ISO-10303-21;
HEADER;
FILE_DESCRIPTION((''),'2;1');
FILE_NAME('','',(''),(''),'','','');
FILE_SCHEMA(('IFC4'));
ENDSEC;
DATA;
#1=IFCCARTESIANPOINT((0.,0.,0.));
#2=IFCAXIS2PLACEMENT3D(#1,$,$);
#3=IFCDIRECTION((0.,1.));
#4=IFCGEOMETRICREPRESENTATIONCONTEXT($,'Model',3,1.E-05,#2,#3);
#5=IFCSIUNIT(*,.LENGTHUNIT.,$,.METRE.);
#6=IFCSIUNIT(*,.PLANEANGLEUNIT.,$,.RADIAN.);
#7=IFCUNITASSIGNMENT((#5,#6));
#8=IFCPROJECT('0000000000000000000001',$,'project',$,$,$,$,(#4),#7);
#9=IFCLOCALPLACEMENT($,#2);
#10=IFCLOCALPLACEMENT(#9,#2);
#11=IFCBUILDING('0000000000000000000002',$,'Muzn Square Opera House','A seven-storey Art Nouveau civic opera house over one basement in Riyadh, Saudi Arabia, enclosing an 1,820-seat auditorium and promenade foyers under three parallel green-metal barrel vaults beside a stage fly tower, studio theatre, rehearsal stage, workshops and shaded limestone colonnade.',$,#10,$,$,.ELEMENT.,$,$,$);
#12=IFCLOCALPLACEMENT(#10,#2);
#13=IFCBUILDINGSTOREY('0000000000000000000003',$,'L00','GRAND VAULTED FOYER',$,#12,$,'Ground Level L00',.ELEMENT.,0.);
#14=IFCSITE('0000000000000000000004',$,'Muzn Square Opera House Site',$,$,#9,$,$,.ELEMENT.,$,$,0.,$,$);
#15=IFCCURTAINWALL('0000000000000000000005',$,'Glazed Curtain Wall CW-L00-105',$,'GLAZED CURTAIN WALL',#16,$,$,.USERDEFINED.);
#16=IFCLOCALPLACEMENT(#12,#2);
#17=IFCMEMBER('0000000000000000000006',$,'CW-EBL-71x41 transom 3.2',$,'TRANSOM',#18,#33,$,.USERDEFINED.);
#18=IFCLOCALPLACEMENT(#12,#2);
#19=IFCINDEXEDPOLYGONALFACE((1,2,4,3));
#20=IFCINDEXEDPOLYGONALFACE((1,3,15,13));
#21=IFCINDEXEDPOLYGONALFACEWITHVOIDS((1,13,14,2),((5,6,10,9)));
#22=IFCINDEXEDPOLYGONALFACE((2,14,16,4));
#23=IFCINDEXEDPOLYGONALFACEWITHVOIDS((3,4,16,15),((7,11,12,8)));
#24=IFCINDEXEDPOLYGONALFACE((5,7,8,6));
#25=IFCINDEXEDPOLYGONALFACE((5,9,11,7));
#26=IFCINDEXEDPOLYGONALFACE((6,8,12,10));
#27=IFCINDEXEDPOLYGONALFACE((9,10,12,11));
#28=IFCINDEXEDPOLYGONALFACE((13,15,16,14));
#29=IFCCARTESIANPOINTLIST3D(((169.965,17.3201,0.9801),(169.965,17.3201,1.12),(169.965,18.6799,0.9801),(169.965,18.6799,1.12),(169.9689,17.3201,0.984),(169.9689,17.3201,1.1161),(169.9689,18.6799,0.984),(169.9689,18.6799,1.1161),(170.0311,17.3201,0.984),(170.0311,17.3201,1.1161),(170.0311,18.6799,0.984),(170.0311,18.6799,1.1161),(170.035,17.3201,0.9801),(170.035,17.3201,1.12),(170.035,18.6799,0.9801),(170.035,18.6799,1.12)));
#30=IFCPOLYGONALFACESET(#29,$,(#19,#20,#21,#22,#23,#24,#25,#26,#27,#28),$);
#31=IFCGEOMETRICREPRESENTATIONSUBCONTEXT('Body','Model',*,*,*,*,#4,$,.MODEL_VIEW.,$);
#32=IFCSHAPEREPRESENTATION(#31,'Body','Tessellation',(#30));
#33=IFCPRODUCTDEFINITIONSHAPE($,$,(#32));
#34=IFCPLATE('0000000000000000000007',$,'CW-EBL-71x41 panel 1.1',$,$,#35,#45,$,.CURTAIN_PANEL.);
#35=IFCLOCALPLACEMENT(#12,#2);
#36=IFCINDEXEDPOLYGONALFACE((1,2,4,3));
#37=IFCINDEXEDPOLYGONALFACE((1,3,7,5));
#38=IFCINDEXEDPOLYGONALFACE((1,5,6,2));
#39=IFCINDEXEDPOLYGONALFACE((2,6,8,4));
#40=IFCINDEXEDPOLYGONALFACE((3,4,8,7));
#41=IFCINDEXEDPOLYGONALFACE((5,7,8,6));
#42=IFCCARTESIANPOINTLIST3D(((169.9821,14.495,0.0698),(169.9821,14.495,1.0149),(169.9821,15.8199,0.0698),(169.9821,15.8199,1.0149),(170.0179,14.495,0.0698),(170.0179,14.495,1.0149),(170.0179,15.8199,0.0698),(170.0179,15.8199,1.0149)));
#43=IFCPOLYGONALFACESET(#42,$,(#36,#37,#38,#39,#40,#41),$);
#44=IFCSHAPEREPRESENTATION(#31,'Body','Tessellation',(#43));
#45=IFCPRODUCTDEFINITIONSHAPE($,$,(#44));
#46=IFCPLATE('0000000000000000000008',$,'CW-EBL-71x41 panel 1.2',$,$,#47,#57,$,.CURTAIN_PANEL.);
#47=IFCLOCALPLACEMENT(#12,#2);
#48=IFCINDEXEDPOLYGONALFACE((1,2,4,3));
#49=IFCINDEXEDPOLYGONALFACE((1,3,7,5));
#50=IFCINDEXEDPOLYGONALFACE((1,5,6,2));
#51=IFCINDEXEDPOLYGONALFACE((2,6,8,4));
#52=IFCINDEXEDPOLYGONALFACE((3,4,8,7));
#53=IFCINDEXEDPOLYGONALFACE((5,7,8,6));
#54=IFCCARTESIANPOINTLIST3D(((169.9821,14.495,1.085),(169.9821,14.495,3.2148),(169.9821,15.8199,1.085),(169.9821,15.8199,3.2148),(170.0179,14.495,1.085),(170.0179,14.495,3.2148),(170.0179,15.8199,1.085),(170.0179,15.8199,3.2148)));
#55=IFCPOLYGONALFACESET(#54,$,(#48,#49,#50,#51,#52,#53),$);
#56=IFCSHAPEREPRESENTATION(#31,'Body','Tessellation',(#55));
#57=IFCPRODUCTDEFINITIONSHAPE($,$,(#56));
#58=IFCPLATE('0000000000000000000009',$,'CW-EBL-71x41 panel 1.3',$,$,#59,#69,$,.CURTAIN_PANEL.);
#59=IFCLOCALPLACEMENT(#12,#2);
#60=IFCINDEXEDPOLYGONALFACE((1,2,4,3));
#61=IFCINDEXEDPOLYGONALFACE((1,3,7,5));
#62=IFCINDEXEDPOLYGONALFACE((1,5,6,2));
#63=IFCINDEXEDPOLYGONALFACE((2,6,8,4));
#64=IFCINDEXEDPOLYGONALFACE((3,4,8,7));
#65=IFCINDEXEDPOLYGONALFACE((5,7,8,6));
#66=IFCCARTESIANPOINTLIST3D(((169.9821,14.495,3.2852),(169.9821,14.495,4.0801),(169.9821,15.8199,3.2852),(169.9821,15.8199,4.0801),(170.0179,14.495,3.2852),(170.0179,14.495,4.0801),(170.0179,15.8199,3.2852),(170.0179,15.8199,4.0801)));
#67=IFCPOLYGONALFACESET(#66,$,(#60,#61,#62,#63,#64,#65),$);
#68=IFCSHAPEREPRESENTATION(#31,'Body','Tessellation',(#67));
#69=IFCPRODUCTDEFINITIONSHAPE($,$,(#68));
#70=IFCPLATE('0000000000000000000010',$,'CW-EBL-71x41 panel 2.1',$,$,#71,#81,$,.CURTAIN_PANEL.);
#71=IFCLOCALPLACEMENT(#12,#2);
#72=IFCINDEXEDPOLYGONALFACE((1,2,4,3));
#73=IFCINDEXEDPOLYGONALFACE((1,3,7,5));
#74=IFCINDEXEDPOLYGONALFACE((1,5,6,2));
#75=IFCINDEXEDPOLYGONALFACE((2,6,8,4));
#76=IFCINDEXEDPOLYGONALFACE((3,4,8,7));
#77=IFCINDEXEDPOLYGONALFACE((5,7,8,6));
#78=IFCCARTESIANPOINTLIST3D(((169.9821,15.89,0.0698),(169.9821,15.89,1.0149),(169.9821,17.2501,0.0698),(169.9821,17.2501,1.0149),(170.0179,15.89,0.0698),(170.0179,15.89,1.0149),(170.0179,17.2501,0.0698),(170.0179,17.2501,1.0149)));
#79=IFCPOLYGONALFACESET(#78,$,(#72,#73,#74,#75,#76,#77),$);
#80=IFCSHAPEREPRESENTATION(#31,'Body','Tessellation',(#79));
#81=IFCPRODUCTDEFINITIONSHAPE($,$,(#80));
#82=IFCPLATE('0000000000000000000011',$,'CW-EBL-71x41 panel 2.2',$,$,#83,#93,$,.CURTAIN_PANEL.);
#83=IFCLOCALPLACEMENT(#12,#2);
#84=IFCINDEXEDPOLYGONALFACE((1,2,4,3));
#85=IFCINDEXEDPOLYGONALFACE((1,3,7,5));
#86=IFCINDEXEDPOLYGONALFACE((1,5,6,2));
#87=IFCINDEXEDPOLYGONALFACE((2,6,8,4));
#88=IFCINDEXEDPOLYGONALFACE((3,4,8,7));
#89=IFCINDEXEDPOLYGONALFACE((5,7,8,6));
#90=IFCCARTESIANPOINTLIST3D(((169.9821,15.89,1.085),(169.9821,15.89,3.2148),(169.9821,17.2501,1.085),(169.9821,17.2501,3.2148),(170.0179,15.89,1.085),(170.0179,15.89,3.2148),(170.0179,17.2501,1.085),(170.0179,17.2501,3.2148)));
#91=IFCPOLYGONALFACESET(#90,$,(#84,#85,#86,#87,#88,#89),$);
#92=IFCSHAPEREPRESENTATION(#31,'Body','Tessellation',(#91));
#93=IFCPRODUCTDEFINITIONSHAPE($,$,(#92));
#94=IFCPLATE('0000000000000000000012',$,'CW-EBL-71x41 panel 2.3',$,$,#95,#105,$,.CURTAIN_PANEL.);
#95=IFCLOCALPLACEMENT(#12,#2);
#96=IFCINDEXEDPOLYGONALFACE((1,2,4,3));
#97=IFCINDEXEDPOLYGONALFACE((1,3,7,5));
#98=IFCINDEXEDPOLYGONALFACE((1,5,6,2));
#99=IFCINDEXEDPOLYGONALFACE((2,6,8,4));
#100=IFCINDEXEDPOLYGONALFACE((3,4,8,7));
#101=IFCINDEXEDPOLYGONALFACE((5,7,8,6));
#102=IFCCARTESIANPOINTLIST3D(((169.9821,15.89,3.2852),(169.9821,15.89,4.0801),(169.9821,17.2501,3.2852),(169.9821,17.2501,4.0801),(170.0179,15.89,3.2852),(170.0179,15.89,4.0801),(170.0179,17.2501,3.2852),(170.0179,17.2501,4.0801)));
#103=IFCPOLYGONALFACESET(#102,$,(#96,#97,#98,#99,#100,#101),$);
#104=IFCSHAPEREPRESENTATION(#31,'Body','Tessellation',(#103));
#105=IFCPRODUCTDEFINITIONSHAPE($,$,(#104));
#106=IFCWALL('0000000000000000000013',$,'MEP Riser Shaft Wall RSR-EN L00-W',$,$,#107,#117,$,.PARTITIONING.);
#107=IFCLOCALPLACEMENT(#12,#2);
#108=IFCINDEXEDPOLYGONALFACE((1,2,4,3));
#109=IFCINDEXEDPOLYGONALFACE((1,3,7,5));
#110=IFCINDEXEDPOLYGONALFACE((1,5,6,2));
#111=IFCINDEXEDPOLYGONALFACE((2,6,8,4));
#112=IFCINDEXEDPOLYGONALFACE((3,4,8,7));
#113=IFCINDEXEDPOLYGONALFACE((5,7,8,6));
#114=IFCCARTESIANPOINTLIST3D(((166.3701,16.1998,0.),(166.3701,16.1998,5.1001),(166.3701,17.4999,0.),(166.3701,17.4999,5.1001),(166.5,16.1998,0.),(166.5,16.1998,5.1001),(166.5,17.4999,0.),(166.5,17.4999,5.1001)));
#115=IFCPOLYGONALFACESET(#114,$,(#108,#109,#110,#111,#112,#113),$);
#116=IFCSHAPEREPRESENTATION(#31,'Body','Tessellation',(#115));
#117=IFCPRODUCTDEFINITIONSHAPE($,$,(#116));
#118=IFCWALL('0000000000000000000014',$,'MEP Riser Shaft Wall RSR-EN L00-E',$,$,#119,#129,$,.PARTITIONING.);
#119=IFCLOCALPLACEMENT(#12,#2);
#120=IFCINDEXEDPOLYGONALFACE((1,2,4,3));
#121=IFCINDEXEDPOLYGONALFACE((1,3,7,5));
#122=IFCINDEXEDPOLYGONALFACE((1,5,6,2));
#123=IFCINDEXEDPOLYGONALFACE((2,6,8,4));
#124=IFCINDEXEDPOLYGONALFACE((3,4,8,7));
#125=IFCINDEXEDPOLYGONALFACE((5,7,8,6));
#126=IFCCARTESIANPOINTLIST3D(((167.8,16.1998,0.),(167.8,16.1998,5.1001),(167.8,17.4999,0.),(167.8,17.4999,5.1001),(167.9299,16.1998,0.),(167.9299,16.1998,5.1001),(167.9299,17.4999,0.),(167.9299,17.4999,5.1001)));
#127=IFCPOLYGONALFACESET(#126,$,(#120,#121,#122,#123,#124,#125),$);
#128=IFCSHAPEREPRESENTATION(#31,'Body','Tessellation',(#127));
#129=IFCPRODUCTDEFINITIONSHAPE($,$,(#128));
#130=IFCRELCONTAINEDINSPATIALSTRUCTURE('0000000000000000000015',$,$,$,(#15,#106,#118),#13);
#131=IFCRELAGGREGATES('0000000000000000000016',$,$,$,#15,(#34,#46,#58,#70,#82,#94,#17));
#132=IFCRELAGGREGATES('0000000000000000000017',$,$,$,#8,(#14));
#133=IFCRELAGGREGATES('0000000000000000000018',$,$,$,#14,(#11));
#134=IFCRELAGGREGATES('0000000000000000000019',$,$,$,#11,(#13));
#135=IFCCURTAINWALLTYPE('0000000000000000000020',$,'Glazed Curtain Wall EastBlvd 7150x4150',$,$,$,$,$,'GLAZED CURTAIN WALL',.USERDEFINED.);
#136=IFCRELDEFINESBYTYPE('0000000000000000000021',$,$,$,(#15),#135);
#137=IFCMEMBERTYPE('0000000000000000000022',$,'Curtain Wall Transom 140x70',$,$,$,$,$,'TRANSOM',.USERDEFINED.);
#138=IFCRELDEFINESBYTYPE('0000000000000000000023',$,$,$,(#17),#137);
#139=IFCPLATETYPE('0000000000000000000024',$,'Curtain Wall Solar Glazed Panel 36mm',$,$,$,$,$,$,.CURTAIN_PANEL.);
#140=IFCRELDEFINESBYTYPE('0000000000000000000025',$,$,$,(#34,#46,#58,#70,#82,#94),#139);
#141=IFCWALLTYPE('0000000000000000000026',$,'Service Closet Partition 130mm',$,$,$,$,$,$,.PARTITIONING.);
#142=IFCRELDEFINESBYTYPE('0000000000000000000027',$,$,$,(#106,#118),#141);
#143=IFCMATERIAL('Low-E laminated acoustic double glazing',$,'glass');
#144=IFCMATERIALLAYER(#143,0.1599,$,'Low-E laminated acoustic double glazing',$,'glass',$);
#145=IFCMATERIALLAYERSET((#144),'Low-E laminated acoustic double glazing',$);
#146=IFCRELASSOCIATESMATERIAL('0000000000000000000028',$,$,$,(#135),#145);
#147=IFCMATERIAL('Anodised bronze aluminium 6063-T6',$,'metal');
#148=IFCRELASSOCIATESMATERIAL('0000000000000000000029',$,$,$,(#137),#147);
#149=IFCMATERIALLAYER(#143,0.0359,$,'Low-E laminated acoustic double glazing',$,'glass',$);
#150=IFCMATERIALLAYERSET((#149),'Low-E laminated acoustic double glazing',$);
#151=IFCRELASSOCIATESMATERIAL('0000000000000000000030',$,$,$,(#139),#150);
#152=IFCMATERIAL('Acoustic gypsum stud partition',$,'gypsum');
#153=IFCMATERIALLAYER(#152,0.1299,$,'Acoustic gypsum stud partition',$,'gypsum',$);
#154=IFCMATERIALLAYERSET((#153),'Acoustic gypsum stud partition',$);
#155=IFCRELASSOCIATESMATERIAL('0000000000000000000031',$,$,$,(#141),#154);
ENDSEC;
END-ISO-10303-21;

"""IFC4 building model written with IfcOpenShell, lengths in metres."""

from ifc_helpers import new_model, si_unit, direction, frame, frame_2d, origin, origin_2d, place, context, subcontext, project, spatial, rectangle, hollow_rectangle, extrude, material, layer, layer_set, material_profile, profile_set, type_object, element, aggregate, save


model = new_model("IFC4")

# Units and contexts
model_context = context("Model", 3, precision=1e-05, world=origin(), true_north=direction((0.0, 1.0)))
body_context = subcontext(model_context, "Body", "Model", "MODEL_VIEW")
ifc_project = project(units=[si_unit("LENGTHUNIT", "METRE"), si_unit("PLANEANGLEUNIT", "RADIAN")], contexts=[model_context])

# Site, building, storey
site_placement = place(None, origin())
site = spatial("IfcSite", under=ifc_project, at=site_placement, Name="Muzn Square Opera House Site", CompositionType="ELEMENT", RefElevation=0.0)
building_placement = place(site_placement, origin())
building = spatial("IfcBuilding", under=site, at=building_placement, Name="Muzn Square Opera House", Description="A seven-storey Art Nouveau civic opera house over one basement in Riyadh, Saudi Arabia, enclosing an 1,820-seat auditorium and promenade foyers under three parallel green-metal barrel vaults beside a stage fly tower, studio theatre, rehearsal stage, workshops and shaded limestone colonnade.", CompositionType="ELEMENT")
storey_placement = place(building_placement, origin())
storey = spatial("IfcBuildingStorey", under=building, at=storey_placement, Name="L00", Description="GRAND VAULTED FOYER", LongName="Ground Level L00", CompositionType="ELEMENT", Elevation=0.0)

# Curtain wall, member, plates
ifc_material_1 = material(Name="Low-E laminated acoustic double glazing", Category="glass")
ifc_layer_1 = layer(ifc_material_1, 0.1599, Name="Low-E laminated acoustic double glazing", Category="glass")
ifc_layer_set_1 = layer_set([ifc_layer_1], Name="Low-E laminated acoustic double glazing")
curtain_wall_type = type_object("IfcCurtainWallType", Name="Glazed Curtain Wall EastBlvd 7150x4150", ElementType="GLAZED CURTAIN WALL", PredefinedType="USERDEFINED", material=ifc_layer_set_1)
curtain_wall_placement = place(storey_placement, origin())
curtain_wall = element("IfcCurtainWall", 1, at=curtain_wall_placement, inside=storey, type_object=curtain_wall_type, Name="Glazed Curtain Wall CW-L00-105", ObjectType="GLAZED CURTAIN WALL", PredefinedType="USERDEFINED")
ifc_material_2 = material(Name="Anodised bronze aluminium 6063-T6", Category="metal")
ifc_material_profile_1 = material_profile(ifc_material_2, hollow_rectangle(XDim=0.0701, YDim=0.1399, WallThickness=0.0039, at=origin_2d()), Name="ALU 140x70x4", Category="metal")
ifc_profile_set_1 = profile_set([ifc_material_profile_1], Name="Anodised bronze aluminium 6063-T6")
member_type_1 = type_object("IfcMemberType", Name="Curtain Wall Transom 140x70", ElementType="TRANSOM", PredefinedType="USERDEFINED", material=ifc_profile_set_1)
member_1_placement = place(storey_placement, frame((170.0, 17.3201, 1.05), z_axis=(0.0, 1.0, 0.0), x_axis=(-1.0, 0.0, 0.0)))
member_1 = element("IfcMember", 2, at=member_1_placement, type_object=member_type_1, Name="CW-EBL-71x41 transom 3.2", ObjectType="TRANSOM", PredefinedType="USERDEFINED", context=body_context, shape_type="SweptSolid", body=[
    extrude(hollow_rectangle(XDim=0.0701, YDim=0.1399, WallThickness=0.0039, at=origin_2d()), origin(), (0.0, 0.0, 1.0), 1.3599),
])
ifc_layer_2 = layer(ifc_material_1, 0.0359, Name="Low-E laminated acoustic double glazing", Category="glass")
ifc_layer_set_2 = layer_set([ifc_layer_2], Name="Low-E laminated acoustic double glazing")
plate_type = type_object("IfcPlateType", Name="Curtain Wall Solar Glazed Panel 36mm", PredefinedType="CURTAIN_PANEL", material=ifc_layer_set_2)
plate_1_placement = place(storey_placement, frame((170.0, 15.1575, 0.0698), z_axis=(0.0, 0.0, 1.0), x_axis=(0.0, 1.0, 0.0)))
plate_1 = element("IfcPlate", 3, at=plate_1_placement, type_object=plate_type, Name="CW-EBL-71x41 panel 1.1", PredefinedType="CURTAIN_PANEL", context=body_context, shape_type="SweptSolid", body=[
    extrude(rectangle(XDim=1.325, YDim=0.0359, at=origin_2d()), origin(), (0.0, 0.0, 1.0), 0.9451),
])
plate_2_placement = place(storey_placement, frame((170.0, 15.1575, 1.085), z_axis=(0.0, 0.0, 1.0), x_axis=(0.0, 1.0, 0.0)))
plate_2 = element("IfcPlate", 4, at=plate_2_placement, type_object=plate_type, Name="CW-EBL-71x41 panel 1.2", PredefinedType="CURTAIN_PANEL", context=body_context, shape_type="SweptSolid", body=[
    extrude(rectangle(XDim=1.325, YDim=0.0359, at=origin_2d()), origin(), (0.0, 0.0, 1.0), 2.1299),
])
plate_3_placement = place(storey_placement, frame((170.0, 15.1575, 3.2852), z_axis=(0.0, 0.0, 1.0), x_axis=(0.0, 1.0, 0.0)))
plate_3 = element("IfcPlate", 5, at=plate_3_placement, type_object=plate_type, Name="CW-EBL-71x41 panel 1.3", PredefinedType="CURTAIN_PANEL", context=body_context, shape_type="SweptSolid", body=[
    extrude(rectangle(XDim=1.325, YDim=0.0359, at=origin_2d()), origin(), (0.0, 0.0, 1.0), 0.7949),
])
plate_4_placement = place(storey_placement, frame((170.0, 16.5701, 0.0698), z_axis=(0.0, 0.0, 1.0), x_axis=(0.0, 1.0, 0.0)))
plate_4 = element("IfcPlate", 6, at=plate_4_placement, type_object=plate_type, Name="CW-EBL-71x41 panel 2.1", PredefinedType="CURTAIN_PANEL", context=body_context, shape_type="SweptSolid", body=[
    extrude(rectangle(XDim=1.3601, YDim=0.0359, at=origin_2d()), origin(), (0.0, 0.0, 1.0), 0.9451),
])
plate_5_placement = place(storey_placement, frame((170.0, 16.5701, 1.085), z_axis=(0.0, 0.0, 1.0), x_axis=(0.0, 1.0, 0.0)))
plate_5 = element("IfcPlate", 7, at=plate_5_placement, type_object=plate_type, Name="CW-EBL-71x41 panel 2.2", PredefinedType="CURTAIN_PANEL", context=body_context, shape_type="SweptSolid", body=[
    extrude(rectangle(XDim=1.3601, YDim=0.0359, at=origin_2d()), origin(), (0.0, 0.0, 1.0), 2.1299),
])
plate_6_placement = place(storey_placement, frame((170.0, 16.5701, 3.2852), z_axis=(0.0, 0.0, 1.0), x_axis=(0.0, 1.0, 0.0)))
plate_6 = element("IfcPlate", 8, at=plate_6_placement, type_object=plate_type, Name="CW-EBL-71x41 panel 2.3", PredefinedType="CURTAIN_PANEL", context=body_context, shape_type="SweptSolid", body=[
    extrude(rectangle(XDim=1.3601, YDim=0.0359, at=origin_2d()), origin(), (0.0, 0.0, 1.0), 0.7949),
])
aggregate(curtain_wall, [plate_1, plate_2, plate_3, plate_4, plate_5, plate_6, member_1])

# Walls
ifc_material_3 = material(Name="Acoustic gypsum stud partition", Category="gypsum")
ifc_layer_3 = layer(ifc_material_3, 0.1299, Name="Acoustic gypsum stud partition", Category="gypsum")
ifc_layer_set_3 = layer_set([ifc_layer_3], Name="Acoustic gypsum stud partition")
wall_type = type_object("IfcWallType", Name="Service Closet Partition 130mm", PredefinedType="PARTITIONING", material=ifc_layer_set_3)
for number, where, z_axis, x_axis, name in (
    (9, (166.4351, 16.2, 0.0), (0.0, 0.0, 1.0), (0.0, 1.0, 0.0), "MEP Riser Shaft Wall RSR-EN L00-W"),
    (10, (167.865, 16.2, 0.0), (0.0, 0.0, 1.0), (0.0, 1.0, 0.0), "MEP Riser Shaft Wall RSR-EN L00-E"),
):
    element("IfcWall", number, at=place(storey_placement, frame(where, z_axis=z_axis, x_axis=x_axis)), inside=storey, type_object=wall_type, Name=name, PredefinedType="PARTITIONING", context=body_context, shape_type="SweptSolid", body=[
        extrude(rectangle(XDim=1.3, YDim=0.1299, at=frame_2d((0.6499, 0.0))), origin(), (0.0, 0.0, 1.0), 5.1001),
    ])

save(model, "model.ifc")
